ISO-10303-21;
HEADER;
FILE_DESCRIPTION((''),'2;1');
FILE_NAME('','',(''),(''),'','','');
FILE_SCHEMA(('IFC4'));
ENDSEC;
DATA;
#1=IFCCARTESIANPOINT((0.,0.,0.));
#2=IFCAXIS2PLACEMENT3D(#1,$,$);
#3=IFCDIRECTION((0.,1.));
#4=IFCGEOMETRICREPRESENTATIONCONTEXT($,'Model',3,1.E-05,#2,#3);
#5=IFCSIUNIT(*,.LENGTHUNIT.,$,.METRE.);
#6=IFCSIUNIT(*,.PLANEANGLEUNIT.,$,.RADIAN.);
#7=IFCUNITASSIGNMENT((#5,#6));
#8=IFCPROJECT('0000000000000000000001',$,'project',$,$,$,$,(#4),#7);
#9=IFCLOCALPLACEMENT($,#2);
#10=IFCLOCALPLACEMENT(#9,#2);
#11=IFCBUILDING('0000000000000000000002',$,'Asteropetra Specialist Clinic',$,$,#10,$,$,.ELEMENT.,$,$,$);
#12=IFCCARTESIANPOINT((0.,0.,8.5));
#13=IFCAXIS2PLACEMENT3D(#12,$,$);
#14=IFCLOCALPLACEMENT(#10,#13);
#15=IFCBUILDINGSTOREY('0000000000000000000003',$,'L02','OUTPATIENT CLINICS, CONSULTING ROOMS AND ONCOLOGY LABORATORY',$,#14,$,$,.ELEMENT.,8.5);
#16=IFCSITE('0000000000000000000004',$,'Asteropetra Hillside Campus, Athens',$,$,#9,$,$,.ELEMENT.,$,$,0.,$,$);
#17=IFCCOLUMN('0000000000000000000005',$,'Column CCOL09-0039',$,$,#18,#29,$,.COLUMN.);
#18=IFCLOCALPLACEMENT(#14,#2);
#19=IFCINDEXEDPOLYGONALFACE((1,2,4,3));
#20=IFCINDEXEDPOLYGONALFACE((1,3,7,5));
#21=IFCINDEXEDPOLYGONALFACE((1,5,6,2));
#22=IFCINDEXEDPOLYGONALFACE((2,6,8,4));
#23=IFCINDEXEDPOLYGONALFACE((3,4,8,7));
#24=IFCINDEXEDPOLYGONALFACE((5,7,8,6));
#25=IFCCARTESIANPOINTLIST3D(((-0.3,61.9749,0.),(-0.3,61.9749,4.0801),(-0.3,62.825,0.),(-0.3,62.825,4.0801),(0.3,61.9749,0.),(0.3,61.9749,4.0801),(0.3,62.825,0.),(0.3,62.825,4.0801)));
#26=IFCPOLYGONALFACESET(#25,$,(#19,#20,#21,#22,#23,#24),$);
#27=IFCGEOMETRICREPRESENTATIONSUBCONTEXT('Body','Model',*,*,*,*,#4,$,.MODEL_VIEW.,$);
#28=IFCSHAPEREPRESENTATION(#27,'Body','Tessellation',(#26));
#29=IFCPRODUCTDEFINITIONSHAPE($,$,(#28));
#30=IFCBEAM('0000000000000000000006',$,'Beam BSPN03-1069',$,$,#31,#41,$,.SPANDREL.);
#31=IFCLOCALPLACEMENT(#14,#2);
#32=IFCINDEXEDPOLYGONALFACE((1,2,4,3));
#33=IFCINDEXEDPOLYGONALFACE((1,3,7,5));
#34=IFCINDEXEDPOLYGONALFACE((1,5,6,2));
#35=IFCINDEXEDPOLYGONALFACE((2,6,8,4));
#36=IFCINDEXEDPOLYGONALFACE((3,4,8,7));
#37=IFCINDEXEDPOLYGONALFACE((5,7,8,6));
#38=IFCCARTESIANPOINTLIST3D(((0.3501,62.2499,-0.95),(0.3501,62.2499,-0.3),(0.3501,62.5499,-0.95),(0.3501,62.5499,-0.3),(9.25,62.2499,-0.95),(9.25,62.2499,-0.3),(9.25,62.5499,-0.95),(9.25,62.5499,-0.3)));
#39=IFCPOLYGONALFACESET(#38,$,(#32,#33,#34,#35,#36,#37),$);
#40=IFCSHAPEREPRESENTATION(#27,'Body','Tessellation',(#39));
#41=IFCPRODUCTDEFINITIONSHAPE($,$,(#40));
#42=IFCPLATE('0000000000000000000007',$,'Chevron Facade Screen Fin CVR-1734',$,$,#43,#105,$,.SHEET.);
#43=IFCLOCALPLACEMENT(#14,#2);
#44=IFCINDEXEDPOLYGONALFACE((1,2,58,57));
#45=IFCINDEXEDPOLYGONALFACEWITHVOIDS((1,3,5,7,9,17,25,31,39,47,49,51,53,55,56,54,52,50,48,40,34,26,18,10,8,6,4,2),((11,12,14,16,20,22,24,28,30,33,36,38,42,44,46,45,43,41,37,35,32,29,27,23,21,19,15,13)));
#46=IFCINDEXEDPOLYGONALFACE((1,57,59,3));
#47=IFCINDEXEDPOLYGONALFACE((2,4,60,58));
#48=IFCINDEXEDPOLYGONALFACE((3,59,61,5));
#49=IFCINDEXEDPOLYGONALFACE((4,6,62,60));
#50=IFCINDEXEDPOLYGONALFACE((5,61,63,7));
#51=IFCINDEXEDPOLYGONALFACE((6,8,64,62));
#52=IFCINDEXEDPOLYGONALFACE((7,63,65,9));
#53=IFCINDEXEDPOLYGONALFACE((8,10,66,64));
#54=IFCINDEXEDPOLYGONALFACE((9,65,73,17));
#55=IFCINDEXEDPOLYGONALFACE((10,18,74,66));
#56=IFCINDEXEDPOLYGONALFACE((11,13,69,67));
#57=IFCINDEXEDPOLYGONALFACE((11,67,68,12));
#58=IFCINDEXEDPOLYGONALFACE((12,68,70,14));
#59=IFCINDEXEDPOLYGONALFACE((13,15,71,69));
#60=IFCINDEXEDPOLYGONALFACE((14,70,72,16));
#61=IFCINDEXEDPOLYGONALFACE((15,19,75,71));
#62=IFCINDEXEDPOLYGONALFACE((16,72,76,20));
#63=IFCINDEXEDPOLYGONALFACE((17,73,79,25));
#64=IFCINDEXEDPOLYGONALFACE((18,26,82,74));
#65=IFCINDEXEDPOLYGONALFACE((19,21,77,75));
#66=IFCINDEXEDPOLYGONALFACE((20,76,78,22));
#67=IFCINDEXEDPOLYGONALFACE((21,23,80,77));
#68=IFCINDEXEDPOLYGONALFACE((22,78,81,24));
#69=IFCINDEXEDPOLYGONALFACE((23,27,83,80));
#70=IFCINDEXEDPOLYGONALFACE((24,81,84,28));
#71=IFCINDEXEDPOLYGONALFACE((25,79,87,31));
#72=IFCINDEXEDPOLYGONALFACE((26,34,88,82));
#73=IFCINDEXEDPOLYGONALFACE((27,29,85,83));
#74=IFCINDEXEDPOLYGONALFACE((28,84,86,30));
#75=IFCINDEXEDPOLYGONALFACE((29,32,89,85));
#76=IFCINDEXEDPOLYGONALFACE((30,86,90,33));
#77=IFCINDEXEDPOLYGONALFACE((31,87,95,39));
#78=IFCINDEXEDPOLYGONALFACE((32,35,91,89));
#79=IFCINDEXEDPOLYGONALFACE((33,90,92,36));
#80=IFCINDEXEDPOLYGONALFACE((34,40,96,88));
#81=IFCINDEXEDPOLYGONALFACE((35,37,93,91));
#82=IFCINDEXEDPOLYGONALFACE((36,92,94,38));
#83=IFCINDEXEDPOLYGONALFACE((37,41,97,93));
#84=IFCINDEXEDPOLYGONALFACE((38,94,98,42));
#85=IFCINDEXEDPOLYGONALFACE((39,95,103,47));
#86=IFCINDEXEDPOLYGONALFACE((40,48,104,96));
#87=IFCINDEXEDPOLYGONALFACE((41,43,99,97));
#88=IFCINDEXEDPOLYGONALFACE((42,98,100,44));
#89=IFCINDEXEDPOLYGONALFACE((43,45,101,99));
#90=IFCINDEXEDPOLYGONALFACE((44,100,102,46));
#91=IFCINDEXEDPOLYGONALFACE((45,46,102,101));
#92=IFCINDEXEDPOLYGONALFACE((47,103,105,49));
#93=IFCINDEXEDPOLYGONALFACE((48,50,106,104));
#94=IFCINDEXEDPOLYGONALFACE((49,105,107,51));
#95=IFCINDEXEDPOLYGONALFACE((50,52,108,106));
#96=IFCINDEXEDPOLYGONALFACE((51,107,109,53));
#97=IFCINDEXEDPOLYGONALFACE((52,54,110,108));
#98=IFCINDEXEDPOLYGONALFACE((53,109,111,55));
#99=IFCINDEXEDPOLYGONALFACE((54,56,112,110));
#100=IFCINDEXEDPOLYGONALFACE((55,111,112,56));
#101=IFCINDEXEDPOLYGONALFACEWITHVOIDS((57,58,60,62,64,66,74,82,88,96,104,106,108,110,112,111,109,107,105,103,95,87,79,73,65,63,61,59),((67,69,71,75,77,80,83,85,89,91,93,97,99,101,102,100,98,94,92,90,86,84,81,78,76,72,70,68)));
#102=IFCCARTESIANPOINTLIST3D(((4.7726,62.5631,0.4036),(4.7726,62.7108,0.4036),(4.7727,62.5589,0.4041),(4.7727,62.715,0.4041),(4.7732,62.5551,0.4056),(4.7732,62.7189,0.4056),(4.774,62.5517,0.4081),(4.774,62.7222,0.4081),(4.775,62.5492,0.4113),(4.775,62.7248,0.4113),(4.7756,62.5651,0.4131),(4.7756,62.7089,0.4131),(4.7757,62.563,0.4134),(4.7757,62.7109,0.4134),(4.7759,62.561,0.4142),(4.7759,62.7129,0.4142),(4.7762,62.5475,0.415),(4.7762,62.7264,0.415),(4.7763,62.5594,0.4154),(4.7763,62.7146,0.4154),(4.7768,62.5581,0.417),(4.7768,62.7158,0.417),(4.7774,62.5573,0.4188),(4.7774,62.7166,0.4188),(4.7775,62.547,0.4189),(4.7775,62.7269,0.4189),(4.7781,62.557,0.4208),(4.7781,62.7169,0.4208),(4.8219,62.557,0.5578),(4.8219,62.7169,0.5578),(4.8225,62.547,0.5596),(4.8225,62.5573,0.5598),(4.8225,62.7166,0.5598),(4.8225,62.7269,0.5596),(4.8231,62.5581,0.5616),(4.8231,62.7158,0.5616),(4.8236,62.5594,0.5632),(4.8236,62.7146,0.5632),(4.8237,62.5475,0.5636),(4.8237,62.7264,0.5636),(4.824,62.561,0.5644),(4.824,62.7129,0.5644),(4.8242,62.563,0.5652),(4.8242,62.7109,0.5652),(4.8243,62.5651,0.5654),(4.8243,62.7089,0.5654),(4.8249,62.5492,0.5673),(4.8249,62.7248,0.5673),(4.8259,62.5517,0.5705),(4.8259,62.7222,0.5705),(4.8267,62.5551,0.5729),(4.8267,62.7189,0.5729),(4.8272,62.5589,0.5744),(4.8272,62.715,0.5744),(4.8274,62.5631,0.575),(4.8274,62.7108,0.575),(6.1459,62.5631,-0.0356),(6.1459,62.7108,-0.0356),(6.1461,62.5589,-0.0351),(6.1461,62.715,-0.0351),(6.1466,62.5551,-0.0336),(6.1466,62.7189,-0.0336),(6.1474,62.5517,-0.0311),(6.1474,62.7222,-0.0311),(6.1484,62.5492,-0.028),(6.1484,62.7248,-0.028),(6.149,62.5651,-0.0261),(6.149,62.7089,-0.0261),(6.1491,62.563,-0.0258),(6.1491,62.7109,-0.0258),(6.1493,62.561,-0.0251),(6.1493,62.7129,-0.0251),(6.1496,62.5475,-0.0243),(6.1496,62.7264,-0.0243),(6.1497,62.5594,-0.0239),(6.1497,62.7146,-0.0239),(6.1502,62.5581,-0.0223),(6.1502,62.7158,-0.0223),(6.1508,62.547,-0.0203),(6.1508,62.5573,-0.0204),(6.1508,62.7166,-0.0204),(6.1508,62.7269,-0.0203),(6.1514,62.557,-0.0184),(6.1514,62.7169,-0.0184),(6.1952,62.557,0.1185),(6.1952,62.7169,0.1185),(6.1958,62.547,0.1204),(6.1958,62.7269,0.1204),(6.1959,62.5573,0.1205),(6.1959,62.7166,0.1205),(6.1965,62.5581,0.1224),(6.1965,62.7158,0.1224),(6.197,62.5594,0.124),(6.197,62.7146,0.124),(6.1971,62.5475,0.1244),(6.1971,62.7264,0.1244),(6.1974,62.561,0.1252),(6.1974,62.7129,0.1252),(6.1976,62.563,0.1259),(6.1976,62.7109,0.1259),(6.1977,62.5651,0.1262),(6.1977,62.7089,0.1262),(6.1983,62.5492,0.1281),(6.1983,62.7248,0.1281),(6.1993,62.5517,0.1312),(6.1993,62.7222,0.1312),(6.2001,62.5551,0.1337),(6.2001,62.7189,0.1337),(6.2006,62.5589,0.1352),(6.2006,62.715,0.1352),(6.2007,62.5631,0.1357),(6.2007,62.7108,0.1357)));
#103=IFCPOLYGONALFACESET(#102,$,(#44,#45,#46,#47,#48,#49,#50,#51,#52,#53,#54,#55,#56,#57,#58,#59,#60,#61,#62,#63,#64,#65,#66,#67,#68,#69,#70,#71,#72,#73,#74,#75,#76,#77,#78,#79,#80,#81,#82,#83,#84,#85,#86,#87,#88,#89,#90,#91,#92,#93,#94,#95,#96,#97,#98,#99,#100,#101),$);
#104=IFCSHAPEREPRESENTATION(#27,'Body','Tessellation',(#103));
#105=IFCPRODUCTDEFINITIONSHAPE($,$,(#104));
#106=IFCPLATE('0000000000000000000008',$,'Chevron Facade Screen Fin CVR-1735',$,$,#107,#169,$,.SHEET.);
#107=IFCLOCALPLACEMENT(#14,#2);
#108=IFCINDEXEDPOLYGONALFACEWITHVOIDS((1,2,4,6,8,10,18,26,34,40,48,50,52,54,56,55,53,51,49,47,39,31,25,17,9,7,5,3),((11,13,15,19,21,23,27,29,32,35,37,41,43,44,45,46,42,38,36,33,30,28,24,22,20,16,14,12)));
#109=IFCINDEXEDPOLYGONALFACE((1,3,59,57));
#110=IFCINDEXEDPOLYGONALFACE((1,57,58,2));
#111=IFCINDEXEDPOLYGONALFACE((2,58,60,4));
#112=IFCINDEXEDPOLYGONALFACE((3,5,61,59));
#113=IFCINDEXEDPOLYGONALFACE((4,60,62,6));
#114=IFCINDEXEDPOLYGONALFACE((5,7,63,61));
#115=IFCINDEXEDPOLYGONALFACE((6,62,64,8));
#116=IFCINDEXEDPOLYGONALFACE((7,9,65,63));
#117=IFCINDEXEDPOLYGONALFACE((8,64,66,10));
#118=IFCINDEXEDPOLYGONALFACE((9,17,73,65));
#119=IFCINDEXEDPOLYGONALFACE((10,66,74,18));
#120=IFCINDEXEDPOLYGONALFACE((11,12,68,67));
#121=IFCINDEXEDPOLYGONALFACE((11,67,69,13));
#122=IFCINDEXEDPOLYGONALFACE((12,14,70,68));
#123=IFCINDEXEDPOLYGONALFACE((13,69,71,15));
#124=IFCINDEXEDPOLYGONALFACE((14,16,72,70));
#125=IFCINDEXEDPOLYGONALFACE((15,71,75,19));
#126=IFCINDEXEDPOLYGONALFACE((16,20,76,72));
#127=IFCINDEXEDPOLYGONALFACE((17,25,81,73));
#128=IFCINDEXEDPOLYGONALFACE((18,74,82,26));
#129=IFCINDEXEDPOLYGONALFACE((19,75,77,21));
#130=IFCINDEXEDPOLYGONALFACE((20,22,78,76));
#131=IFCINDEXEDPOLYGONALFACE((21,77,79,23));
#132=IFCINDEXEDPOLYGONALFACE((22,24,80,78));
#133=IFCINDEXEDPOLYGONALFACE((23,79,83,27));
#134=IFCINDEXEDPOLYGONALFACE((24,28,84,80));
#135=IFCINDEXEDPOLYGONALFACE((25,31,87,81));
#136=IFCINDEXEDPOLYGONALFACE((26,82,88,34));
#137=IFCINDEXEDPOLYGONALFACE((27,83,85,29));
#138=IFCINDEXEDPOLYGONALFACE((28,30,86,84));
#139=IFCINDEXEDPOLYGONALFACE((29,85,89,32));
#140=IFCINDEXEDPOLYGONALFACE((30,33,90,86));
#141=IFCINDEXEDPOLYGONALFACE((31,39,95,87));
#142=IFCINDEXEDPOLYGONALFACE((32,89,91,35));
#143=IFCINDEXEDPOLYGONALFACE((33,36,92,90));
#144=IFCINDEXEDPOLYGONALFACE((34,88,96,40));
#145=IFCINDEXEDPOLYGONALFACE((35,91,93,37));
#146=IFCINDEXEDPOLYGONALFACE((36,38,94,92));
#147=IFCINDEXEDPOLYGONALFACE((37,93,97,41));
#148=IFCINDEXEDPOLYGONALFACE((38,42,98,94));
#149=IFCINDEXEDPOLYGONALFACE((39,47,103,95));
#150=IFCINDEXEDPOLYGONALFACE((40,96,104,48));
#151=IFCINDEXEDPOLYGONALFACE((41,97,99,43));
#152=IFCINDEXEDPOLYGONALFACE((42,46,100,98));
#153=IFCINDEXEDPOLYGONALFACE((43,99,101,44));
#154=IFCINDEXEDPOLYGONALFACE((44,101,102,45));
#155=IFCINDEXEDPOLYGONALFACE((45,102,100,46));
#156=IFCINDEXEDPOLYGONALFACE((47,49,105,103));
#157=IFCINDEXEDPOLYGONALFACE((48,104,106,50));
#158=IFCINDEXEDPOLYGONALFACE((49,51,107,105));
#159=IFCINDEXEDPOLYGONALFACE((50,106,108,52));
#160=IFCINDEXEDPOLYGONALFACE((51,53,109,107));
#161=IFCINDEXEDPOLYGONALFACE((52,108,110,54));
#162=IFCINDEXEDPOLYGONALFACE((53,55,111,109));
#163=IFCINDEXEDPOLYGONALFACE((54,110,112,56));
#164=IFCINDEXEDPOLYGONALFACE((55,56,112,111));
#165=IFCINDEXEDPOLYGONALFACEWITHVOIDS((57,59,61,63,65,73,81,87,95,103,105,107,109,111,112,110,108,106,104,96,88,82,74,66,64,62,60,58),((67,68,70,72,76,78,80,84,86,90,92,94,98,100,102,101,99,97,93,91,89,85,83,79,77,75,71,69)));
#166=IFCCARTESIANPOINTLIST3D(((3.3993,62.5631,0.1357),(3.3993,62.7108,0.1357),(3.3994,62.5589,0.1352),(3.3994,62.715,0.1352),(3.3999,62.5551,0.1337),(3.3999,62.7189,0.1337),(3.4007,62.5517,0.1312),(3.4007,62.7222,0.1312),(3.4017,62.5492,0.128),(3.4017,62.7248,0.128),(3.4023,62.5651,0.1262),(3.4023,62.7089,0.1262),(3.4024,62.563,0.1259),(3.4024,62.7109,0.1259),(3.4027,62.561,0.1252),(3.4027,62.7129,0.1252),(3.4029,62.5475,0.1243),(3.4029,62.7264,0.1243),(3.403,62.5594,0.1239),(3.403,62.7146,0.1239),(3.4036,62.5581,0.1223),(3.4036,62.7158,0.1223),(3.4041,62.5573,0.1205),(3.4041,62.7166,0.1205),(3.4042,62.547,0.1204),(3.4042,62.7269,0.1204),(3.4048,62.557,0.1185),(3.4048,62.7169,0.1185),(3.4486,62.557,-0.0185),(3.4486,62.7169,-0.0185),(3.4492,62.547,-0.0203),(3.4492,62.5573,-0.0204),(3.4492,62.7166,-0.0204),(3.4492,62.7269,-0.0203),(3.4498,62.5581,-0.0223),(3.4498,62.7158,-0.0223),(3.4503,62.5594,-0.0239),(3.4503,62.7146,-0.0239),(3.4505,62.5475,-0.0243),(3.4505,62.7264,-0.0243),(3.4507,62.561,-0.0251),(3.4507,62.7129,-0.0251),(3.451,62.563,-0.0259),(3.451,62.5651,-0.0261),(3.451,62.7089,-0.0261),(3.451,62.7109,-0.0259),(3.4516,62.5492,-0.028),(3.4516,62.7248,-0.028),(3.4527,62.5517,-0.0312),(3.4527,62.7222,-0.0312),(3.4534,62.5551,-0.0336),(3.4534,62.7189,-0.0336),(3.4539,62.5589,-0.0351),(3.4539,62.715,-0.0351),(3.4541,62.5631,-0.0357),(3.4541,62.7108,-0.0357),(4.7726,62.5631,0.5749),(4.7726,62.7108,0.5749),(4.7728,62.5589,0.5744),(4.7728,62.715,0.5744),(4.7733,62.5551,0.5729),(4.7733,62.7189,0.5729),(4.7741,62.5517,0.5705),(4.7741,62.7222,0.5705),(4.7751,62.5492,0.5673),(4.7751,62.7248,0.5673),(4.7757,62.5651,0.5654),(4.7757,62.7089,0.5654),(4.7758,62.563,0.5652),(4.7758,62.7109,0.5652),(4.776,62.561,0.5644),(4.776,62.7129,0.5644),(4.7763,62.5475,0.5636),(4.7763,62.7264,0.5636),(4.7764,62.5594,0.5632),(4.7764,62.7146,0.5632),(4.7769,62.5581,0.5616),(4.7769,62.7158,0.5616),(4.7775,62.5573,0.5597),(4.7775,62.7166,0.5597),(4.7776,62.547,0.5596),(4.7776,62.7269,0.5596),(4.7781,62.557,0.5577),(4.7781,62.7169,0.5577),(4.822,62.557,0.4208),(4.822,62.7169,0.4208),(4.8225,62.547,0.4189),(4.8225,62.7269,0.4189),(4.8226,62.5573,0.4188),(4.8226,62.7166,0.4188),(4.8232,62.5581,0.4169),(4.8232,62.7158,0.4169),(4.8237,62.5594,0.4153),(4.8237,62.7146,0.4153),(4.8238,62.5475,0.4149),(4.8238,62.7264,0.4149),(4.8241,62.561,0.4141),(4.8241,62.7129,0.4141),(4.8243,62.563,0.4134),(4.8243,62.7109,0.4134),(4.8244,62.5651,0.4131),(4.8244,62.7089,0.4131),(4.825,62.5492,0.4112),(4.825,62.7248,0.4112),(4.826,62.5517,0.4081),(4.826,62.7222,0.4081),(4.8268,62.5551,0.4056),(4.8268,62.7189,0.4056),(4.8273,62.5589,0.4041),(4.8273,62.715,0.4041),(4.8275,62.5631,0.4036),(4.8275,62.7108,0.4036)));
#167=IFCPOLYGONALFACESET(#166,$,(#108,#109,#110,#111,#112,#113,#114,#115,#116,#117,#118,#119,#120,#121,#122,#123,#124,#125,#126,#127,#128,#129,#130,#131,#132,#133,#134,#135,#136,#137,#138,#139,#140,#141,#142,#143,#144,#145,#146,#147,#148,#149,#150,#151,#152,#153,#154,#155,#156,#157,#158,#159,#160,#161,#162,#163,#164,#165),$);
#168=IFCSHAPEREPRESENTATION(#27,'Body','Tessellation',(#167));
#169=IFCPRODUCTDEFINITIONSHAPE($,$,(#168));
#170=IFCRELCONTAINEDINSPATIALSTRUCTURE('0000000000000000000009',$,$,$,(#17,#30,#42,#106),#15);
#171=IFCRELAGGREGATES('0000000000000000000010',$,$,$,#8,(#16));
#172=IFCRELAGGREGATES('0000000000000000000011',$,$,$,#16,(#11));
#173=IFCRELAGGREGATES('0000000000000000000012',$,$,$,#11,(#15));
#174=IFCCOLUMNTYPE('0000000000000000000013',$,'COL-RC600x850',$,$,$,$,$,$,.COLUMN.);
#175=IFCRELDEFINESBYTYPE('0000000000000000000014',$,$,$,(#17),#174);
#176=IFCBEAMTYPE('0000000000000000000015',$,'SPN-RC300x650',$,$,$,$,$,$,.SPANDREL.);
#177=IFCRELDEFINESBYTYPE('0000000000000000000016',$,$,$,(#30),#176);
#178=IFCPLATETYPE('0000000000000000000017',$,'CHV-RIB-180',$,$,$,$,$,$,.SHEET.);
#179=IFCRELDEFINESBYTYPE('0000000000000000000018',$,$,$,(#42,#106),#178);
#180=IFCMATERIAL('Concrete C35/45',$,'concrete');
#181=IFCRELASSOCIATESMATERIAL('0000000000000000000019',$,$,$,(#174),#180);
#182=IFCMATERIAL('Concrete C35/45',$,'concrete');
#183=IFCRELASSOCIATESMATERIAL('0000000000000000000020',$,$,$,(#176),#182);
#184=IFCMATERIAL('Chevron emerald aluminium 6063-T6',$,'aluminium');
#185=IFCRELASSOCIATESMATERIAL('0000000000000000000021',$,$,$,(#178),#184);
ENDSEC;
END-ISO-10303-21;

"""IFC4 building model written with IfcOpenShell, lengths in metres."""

from ifc_helpers import new_model, si_unit, direction, frame, origin, origin_2d, place, context, subcontext, project, spatial, rectangle, hollow_rectangle, extrude, material, material_profile, profile_set, type_object, element, save


model = new_model("IFC4")

# Units and contexts
model_context = context("Model", 3, precision=1e-05, world=origin(), true_north=direction((0.0, 1.0)))
body_context = subcontext(model_context, "Body", "Model", "MODEL_VIEW")
ifc_project = project(units=[si_unit("LENGTHUNIT", "METRE"), si_unit("PLANEANGLEUNIT", "RADIAN")], contexts=[model_context])

# Site, building, storey
site_placement = place(None, origin())
site = spatial("IfcSite", under=ifc_project, at=site_placement, Name="Asteropetra Hillside Campus, Athens", CompositionType="ELEMENT", RefElevation=0.0)
building_placement = place(site_placement, origin())
building = spatial("IfcBuilding", under=site, at=building_placement, Name="Asteropetra Specialist Clinic", CompositionType="ELEMENT")
storey_placement = place(building_placement, frame((0.0, 0.0, 8.5)))
storey = spatial("IfcBuildingStorey", under=building, at=storey_placement, Name="L02", Description="OUTPATIENT CLINICS, CONSULTING ROOMS AND ONCOLOGY LABORATORY", CompositionType="ELEMENT", Elevation=8.5)

# Column
ifc_material_1 = material(Name="Concrete C35/45", Category="concrete")
ifc_material_profile_1 = material_profile(ifc_material_1, rectangle(XDim=0.6001, YDim=0.8501, at=origin_2d()), Name="RC 600x850")
ifc_profile_set_1 = profile_set([ifc_material_profile_1], Name="Concrete C35/45")
column_type = type_object("IfcColumnType", Name="COL-RC600x850", PredefinedType="COLUMN", material=ifc_profile_set_1)
column_placement = place(storey_placement, frame((0.0, 62.3999, 0.0), z_axis=(0.0, 0.0, 1.0), x_axis=(1.0, 0.0, 0.0)))
element("IfcColumn", 1, at=column_placement, inside=storey, type_object=column_type, Name="Column CCOL09-0039", PredefinedType="COLUMN", context=body_context, shape_type="SweptSolid", body=[
    extrude(rectangle(XDim=0.6001, YDim=0.8501, at=origin_2d()), origin(), (0.0, 0.0, 1.0), 4.0801),
])

# Beam
ifc_material_2 = material(Name="Concrete C35/45", Category="concrete")
ifc_material_profile_2 = material_profile(ifc_material_2, rectangle(XDim=0.3, YDim=0.6499, at=origin_2d()), Name="RCS 300x650")
ifc_profile_set_2 = profile_set([ifc_material_profile_2], Name="Concrete C35/45")
beam_type = type_object("IfcBeamType", Name="SPN-RC300x650", PredefinedType="SPANDREL", material=ifc_profile_set_2)
beam_placement = place(storey_placement, frame((0.3501, 62.3999, -0.625), z_axis=(1.0, 0.0, 0.0), x_axis=(0.0, 1.0, 0.0)))
element("IfcBeam", 2, at=beam_placement, inside=storey, type_object=beam_type, Name="Beam BSPN03-1069", PredefinedType="SPANDREL", context=body_context, shape_type="SweptSolid", body=[
    extrude(rectangle(XDim=0.3, YDim=0.6499, at=origin_2d()), origin(), (0.0, 0.0, 1.0), 8.8999),
])

# Plates
ifc_material_3 = material(Name="Chevron emerald aluminium 6063-T6", Category="aluminium")
ifc_material_profile_3 = material_profile(ifc_material_3, hollow_rectangle(XDim=0.1799, YDim=0.1799, WallThickness=0.01, InnerFilletRadius=0.0081, OuterFilletRadius=0.0161, at=origin_2d()), Name="SHS 180x180x10.0")
ifc_profile_set_3 = profile_set([ifc_material_profile_3], Name="Chevron emerald aluminium 6063-T6")
plate_type_1 = type_object("IfcPlateType", Name="CHV-RIB-180", PredefinedType="SHEET", material=ifc_profile_set_3)
for number, where, z_axis, x_axis, name in (
    (3, (6.1733, 62.637, 0.05), (-0.952473, 0.0, 0.304622), (0.0, -1.0, 0.0), "Chevron Facade Screen Fin CVR-1734"),
    (4, (4.8, 62.637, 0.4893), (-0.952473, 0.0, -0.304622), (0.0, -1.0, 0.0), "Chevron Facade Screen Fin CVR-1735"),
):
    element("IfcPlate", number, at=place(storey_placement, frame(where, z_axis=z_axis, x_axis=x_axis)), inside=storey, type_object=plate_type_1, Name=name, PredefinedType="SHEET", context=body_context, shape_type="SweptSolid", body=[
        extrude(hollow_rectangle(XDim=0.1799, YDim=0.1799, WallThickness=0.01, InnerFilletRadius=0.0081, OuterFilletRadius=0.0161, at=origin_2d()), origin(), (0.0, 0.0, 1.0), 1.4419),
    ])

save(model, "model.ifc")
